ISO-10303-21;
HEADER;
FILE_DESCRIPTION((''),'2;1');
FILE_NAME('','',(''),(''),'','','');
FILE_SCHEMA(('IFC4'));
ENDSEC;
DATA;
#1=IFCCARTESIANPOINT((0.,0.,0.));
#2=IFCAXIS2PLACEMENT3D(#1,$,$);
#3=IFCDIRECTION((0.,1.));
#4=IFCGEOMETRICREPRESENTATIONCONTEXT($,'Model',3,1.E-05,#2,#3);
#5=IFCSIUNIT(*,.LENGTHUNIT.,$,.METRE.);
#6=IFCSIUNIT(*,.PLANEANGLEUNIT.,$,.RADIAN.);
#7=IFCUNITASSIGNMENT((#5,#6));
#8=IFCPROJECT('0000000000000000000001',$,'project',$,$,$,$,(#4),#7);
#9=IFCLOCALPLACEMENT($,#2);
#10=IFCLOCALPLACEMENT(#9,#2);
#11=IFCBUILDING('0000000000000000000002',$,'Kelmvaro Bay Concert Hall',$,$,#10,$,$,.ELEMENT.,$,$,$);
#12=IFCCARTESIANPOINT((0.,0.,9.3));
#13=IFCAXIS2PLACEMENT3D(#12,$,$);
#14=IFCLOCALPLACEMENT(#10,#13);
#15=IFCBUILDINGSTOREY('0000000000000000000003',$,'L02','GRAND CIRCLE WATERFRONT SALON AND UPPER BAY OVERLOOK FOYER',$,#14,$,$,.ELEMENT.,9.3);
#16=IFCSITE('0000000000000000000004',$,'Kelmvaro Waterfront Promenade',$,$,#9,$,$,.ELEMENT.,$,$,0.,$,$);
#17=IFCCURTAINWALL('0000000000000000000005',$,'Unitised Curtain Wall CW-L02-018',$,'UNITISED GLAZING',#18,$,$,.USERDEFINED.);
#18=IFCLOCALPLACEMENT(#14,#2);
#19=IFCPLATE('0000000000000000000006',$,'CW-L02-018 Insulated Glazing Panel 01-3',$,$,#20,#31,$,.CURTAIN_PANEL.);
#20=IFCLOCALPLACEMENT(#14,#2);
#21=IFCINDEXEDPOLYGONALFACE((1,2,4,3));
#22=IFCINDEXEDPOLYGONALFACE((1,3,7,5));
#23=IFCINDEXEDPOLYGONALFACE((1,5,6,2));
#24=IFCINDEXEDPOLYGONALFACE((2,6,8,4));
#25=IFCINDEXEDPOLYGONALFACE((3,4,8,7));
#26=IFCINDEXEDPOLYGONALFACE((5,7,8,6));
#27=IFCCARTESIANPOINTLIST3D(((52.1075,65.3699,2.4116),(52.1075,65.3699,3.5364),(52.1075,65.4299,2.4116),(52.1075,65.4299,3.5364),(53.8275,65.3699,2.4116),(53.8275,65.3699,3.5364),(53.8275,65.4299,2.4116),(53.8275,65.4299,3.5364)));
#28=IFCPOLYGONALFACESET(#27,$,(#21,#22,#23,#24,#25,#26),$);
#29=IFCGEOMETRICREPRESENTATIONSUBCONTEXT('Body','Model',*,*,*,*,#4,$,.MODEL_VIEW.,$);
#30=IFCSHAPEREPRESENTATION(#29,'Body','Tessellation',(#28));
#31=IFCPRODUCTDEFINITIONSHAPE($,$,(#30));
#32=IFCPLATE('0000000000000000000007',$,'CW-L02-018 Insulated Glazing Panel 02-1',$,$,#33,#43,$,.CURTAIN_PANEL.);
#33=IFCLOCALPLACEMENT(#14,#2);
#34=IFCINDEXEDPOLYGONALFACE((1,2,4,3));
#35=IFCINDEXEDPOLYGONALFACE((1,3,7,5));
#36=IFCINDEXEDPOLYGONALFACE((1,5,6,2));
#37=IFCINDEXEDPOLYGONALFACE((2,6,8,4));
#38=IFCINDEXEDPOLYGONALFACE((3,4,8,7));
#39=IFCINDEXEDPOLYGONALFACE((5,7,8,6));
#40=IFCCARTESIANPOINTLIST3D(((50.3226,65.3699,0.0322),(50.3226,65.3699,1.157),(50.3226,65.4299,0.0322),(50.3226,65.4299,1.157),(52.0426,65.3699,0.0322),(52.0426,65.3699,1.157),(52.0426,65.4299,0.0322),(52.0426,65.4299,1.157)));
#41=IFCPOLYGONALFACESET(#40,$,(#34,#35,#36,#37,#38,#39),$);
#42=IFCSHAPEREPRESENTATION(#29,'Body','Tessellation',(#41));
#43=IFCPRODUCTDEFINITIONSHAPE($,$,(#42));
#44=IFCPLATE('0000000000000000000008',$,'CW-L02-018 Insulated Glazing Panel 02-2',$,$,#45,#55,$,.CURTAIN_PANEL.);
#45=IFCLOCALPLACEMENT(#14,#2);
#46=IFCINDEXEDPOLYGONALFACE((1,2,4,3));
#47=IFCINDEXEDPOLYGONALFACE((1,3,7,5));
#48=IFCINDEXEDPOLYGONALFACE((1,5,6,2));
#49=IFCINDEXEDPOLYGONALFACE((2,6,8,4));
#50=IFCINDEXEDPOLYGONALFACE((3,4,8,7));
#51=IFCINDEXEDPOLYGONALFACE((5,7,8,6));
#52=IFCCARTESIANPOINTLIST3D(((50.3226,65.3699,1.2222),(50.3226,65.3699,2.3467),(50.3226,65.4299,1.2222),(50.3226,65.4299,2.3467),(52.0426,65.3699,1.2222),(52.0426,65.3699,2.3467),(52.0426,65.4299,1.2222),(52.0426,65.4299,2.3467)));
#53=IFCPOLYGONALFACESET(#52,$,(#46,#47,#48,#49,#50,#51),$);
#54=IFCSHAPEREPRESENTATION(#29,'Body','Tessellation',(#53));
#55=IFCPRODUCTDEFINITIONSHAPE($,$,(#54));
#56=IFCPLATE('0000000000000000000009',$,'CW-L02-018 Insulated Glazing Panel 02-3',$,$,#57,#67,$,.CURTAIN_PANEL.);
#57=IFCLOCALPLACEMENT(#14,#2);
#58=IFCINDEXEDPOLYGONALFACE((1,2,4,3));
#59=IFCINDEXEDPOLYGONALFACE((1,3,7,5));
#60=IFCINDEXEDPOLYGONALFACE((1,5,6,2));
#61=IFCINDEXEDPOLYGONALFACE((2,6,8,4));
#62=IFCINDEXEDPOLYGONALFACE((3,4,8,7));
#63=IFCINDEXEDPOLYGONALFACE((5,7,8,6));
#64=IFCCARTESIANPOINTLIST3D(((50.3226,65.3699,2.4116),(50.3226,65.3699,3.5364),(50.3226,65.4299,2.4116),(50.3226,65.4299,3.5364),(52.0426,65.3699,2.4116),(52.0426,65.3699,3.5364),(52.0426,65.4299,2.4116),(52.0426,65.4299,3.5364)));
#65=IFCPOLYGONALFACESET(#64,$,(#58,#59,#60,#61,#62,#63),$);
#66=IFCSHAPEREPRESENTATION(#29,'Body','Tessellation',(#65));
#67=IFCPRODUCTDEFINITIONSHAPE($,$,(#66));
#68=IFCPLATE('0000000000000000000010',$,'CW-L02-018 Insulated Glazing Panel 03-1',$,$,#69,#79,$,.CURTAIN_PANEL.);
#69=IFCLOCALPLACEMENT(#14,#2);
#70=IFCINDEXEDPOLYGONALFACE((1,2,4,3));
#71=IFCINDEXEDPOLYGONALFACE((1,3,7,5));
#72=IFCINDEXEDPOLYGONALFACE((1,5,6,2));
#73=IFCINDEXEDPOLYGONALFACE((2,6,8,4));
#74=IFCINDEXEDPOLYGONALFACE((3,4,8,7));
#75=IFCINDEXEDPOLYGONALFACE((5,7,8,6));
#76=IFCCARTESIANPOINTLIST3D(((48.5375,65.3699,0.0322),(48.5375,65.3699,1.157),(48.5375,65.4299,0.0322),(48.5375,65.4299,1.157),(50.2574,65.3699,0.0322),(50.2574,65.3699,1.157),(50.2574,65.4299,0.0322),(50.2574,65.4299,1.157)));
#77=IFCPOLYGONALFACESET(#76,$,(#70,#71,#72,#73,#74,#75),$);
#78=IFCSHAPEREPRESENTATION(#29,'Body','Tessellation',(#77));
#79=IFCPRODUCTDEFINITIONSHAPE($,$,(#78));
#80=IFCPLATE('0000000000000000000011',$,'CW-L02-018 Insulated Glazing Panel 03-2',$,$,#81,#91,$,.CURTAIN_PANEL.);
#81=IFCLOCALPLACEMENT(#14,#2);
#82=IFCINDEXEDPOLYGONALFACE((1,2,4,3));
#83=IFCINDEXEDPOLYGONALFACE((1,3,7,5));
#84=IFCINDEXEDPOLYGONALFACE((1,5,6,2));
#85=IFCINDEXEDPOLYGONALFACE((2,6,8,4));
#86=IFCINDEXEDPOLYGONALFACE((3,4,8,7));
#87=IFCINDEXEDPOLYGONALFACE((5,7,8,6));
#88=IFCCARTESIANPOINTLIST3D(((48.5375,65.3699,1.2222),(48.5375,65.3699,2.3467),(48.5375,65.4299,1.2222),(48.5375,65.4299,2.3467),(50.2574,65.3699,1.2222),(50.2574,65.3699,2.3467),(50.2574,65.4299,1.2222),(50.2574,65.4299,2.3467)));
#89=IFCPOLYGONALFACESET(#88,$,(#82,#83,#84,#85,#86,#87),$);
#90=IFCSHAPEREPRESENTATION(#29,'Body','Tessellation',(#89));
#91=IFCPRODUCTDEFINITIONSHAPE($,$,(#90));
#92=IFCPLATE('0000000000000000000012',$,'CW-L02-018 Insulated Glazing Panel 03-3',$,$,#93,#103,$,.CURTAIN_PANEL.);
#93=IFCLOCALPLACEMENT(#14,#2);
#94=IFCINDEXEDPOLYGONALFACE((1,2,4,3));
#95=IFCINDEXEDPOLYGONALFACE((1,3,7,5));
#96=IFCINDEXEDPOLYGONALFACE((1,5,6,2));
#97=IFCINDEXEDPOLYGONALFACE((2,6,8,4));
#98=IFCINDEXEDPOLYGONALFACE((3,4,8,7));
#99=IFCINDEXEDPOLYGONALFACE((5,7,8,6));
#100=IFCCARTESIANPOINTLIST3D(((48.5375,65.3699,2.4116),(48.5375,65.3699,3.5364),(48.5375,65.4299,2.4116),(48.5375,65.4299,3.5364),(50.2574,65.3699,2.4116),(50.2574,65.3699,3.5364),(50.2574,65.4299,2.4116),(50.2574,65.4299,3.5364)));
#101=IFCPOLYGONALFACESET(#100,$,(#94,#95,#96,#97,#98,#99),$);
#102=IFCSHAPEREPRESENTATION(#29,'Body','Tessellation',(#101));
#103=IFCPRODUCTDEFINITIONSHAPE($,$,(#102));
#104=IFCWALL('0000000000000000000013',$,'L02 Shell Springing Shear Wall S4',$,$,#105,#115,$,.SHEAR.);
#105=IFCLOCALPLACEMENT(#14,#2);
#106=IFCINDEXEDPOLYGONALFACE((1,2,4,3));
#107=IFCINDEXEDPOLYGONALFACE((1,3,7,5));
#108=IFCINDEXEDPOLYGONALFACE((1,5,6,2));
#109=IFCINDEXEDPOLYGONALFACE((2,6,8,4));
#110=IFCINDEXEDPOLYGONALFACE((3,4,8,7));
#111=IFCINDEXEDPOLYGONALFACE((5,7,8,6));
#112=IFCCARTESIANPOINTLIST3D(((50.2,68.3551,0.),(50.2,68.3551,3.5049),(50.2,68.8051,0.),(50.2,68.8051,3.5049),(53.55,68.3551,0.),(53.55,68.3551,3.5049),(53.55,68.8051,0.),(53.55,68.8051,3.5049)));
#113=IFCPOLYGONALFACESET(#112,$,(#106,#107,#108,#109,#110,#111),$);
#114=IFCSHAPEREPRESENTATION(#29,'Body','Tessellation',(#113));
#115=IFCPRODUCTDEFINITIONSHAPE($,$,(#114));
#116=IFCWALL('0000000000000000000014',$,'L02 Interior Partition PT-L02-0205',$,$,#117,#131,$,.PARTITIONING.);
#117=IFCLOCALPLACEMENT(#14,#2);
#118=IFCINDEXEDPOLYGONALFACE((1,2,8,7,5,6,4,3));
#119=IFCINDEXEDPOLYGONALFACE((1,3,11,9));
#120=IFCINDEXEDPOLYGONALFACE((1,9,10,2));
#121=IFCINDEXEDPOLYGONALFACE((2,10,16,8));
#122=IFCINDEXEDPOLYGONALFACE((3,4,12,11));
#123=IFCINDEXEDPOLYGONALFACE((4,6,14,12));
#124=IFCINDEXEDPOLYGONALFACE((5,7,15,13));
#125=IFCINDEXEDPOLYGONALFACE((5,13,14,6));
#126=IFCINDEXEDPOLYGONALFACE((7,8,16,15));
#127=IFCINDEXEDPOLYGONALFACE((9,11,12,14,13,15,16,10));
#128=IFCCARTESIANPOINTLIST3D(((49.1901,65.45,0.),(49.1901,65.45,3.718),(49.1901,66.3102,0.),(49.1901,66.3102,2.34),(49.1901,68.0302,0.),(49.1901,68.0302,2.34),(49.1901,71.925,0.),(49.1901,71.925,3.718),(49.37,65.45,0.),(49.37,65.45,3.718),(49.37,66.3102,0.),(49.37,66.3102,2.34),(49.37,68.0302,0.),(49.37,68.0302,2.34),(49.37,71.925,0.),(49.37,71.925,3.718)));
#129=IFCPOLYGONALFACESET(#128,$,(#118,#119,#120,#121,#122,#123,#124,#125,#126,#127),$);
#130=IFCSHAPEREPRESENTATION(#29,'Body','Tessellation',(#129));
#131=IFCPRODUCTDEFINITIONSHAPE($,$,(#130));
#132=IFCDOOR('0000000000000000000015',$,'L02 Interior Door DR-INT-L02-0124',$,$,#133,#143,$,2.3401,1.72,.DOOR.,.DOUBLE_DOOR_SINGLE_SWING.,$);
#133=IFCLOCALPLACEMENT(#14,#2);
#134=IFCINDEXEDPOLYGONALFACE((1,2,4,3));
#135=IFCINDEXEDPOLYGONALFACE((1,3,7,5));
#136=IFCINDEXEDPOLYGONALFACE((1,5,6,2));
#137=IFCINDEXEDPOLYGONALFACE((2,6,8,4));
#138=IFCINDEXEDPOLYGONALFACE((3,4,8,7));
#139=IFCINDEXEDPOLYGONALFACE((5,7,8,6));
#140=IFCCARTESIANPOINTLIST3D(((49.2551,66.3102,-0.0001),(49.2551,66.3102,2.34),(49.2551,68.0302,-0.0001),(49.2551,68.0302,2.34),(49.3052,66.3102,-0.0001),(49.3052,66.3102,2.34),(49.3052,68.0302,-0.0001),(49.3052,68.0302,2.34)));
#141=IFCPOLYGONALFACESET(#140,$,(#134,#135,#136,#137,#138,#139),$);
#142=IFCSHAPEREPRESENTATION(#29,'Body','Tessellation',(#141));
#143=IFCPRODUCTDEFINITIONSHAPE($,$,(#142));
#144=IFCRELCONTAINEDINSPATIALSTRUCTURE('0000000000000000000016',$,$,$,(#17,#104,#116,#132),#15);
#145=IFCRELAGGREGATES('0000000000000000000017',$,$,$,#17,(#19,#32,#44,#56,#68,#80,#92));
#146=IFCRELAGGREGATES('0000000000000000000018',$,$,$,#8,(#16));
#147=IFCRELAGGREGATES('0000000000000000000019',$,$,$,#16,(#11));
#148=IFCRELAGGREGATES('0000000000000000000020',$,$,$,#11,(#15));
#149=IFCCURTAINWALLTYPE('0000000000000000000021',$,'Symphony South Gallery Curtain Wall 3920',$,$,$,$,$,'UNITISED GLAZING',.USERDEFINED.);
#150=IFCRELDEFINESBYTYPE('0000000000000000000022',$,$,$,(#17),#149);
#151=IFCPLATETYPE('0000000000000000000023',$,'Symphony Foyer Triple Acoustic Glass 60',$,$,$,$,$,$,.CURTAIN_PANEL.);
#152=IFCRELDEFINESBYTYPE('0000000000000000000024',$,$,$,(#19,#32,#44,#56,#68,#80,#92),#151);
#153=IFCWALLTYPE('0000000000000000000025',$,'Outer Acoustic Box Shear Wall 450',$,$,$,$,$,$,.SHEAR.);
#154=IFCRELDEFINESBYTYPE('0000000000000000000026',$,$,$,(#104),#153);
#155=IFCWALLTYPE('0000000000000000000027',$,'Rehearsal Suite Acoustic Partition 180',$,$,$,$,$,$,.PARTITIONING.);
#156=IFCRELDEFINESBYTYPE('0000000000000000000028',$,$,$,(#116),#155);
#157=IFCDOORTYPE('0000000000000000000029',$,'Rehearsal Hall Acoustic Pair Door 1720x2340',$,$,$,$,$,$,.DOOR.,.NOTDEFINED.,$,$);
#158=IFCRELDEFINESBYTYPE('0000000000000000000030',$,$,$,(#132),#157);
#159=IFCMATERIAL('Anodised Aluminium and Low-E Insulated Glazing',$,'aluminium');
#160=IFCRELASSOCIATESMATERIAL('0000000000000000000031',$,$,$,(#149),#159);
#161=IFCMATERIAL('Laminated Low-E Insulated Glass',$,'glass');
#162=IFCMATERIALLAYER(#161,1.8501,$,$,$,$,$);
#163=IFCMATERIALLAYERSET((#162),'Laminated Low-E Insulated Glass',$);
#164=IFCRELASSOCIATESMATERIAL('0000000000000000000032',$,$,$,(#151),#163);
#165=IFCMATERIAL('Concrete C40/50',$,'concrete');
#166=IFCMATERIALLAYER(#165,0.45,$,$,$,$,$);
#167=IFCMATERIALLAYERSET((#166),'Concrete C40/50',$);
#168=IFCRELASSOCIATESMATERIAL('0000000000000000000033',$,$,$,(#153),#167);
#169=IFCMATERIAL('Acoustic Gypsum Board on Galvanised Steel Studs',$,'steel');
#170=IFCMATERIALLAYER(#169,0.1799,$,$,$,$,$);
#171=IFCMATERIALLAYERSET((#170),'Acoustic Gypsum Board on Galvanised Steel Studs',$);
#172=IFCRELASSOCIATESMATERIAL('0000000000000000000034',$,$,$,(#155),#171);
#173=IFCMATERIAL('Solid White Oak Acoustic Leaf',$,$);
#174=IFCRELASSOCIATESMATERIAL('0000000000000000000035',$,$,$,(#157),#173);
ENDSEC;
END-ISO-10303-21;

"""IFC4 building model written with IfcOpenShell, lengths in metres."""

from ifc_helpers import new_model, si_unit, direction, frame, frame_2d, origin, origin_2d, place, context, subcontext, project, spatial, rectangle, extrude, material, layer, layer_set, type_object, element, fill, aggregate, save


model = new_model("IFC4")

# Units and contexts
model_context = context("Model", 3, precision=1e-05, world=origin(), true_north=direction((0.0, 1.0)))
body_context = subcontext(model_context, "Body", "Model", "MODEL_VIEW")
ifc_project = project(units=[si_unit("LENGTHUNIT", "METRE"), si_unit("PLANEANGLEUNIT", "RADIAN")], contexts=[model_context])

# Site, building, storey
site_placement = place(None, origin())
site = spatial("IfcSite", under=ifc_project, at=site_placement, Name="Kelmvaro Waterfront Promenade", CompositionType="ELEMENT", RefElevation=0.0)
building_placement = place(site_placement, origin())
building = spatial("IfcBuilding", under=site, at=building_placement, Name="Kelmvaro Bay Concert Hall", CompositionType="ELEMENT")
storey_placement = place(building_placement, frame((0.0, 0.0, 9.3)))
storey = spatial("IfcBuildingStorey", under=building, at=storey_placement, Name="L02", Description="GRAND CIRCLE WATERFRONT SALON AND UPPER BAY OVERLOOK FOYER", CompositionType="ELEMENT", Elevation=9.3)

# Shared definitions
ifc_material_1 = material(Name="Anodised Aluminium and Low-E Insulated Glazing", Category="aluminium")
curtain_wall_type = type_object("IfcCurtainWallType", Name="Symphony South Gallery Curtain Wall 3920", ElementType="UNITISED GLAZING", PredefinedType="USERDEFINED", material=ifc_material_1)

# Curtain wall
curtain_wall_1_placement = place(storey_placement, origin())
curtain_wall_1 = element("IfcCurtainWall", 1, at=curtain_wall_1_placement, inside=storey, type_object=curtain_wall_type, Name="Unitised Curtain Wall CW-L02-018", ObjectType="UNITISED GLAZING", PredefinedType="USERDEFINED")

# Plates
ifc_material_2 = material(Name="Laminated Low-E Insulated Glass", Category="glass")
ifc_layer_1 = layer(ifc_material_2, 1.8501)
ifc_layer_set_1 = layer_set([ifc_layer_1], Name="Laminated Low-E Insulated Glass")
plate_type = type_object("IfcPlateType", Name="Symphony Foyer Triple Acoustic Glass 60", PredefinedType="CURTAIN_PANEL", material=ifc_layer_set_1)
plate_1_placement = place(storey_placement, frame((52.9675, 65.3999, 2.4116), z_axis=(0.0, 0.0, 1.0), x_axis=(-1.0, 0.0, 0.0)))
plate_1 = element("IfcPlate", 2, at=plate_1_placement, type_object=plate_type, Name="CW-L02-018 Insulated Glazing Panel 01-3", PredefinedType="CURTAIN_PANEL", context=body_context, shape_type="SweptSolid", body=[
    extrude(rectangle(XDim=1.72, YDim=0.0601, at=origin_2d()), origin(), (0.0, 0.0, 1.0), 1.1248),
])
plate_2_placement = place(storey_placement, frame((51.1826, 65.3999, 0.0322), z_axis=(0.0, 0.0, 1.0), x_axis=(-1.0, 0.0, 0.0)))
plate_2 = element("IfcPlate", 3, at=plate_2_placement, type_object=plate_type, Name="CW-L02-018 Insulated Glazing Panel 02-1", PredefinedType="CURTAIN_PANEL", context=body_context, shape_type="SweptSolid", body=[
    extrude(rectangle(XDim=1.72, YDim=0.0601, at=origin_2d()), origin(), (0.0, 0.0, 1.0), 1.1248),
])
plate_3_placement = place(storey_placement, frame((51.1826, 65.3999, 1.2222), z_axis=(0.0, 0.0, 1.0), x_axis=(-1.0, 0.0, 0.0)))
plate_3 = element("IfcPlate", 4, at=plate_3_placement, type_object=plate_type, Name="CW-L02-018 Insulated Glazing Panel 02-2", PredefinedType="CURTAIN_PANEL", context=body_context, shape_type="SweptSolid", body=[
    extrude(rectangle(XDim=1.72, YDim=0.0601, at=origin_2d()), origin(), (0.0, 0.0, 1.0), 1.1245),
])
plate_4_placement = place(storey_placement, frame((51.1826, 65.3999, 2.4116), z_axis=(0.0, 0.0, 1.0), x_axis=(-1.0, 0.0, 0.0)))
plate_4 = element("IfcPlate", 5, at=plate_4_placement, type_object=plate_type, Name="CW-L02-018 Insulated Glazing Panel 02-3", PredefinedType="CURTAIN_PANEL", context=body_context, shape_type="SweptSolid", body=[
    extrude(rectangle(XDim=1.72, YDim=0.0601, at=origin_2d()), origin(), (0.0, 0.0, 1.0), 1.1248),
])
plate_5_placement = place(storey_placement, frame((49.3975, 65.3999, 0.0322), z_axis=(0.0, 0.0, 1.0), x_axis=(-1.0, 0.0, 0.0)))
plate_5 = element("IfcPlate", 6, at=plate_5_placement, type_object=plate_type, Name="CW-L02-018 Insulated Glazing Panel 03-1", PredefinedType="CURTAIN_PANEL", context=body_context, shape_type="SweptSolid", body=[
    extrude(rectangle(XDim=1.72, YDim=0.0601, at=origin_2d()), origin(), (0.0, 0.0, 1.0), 1.1248),
])
plate_6_placement = place(storey_placement, frame((49.3975, 65.3999, 1.2222), z_axis=(0.0, 0.0, 1.0), x_axis=(-1.0, 0.0, 0.0)))
plate_6 = element("IfcPlate", 7, at=plate_6_placement, type_object=plate_type, Name="CW-L02-018 Insulated Glazing Panel 03-2", PredefinedType="CURTAIN_PANEL", context=body_context, shape_type="SweptSolid", body=[
    extrude(rectangle(XDim=1.72, YDim=0.0601, at=origin_2d()), origin(), (0.0, 0.0, 1.0), 1.1245),
])
plate_7_placement = place(storey_placement, frame((49.3975, 65.3999, 2.4116), z_axis=(0.0, 0.0, 1.0), x_axis=(-1.0, 0.0, 0.0)))
plate_7 = element("IfcPlate", 8, at=plate_7_placement, type_object=plate_type, Name="CW-L02-018 Insulated Glazing Panel 03-3", PredefinedType="CURTAIN_PANEL", context=body_context, shape_type="SweptSolid", body=[
    extrude(rectangle(XDim=1.72, YDim=0.0601, at=origin_2d()), origin(), (0.0, 0.0, 1.0), 1.1248),
])
aggregate(curtain_wall_1, [plate_1, plate_2, plate_3, plate_4, plate_5, plate_6, plate_7])

# Wall
ifc_material_3 = material(Name="Concrete C40/50", Category="concrete")
ifc_layer_2 = layer(ifc_material_3, 0.45)
ifc_layer_set_2 = layer_set([ifc_layer_2], Name="Concrete C40/50")
wall_type_1 = type_object("IfcWallType", Name="Outer Acoustic Box Shear Wall 450", PredefinedType="SHEAR", material=ifc_layer_set_2)
wall_1_placement = place(storey_placement, frame((50.2, 68.5801, 0.0), z_axis=(0.0, 0.0, 1.0), x_axis=(1.0, 0.0, 0.0)))
element("IfcWall", 9, at=wall_1_placement, inside=storey, type_object=wall_type_1, Name="L02 Shell Springing Shear Wall S4", PredefinedType="SHEAR", context=body_context, shape_type="SweptSolid", body=[
    extrude(rectangle(XDim=3.3501, YDim=0.45, at=frame_2d((1.675, 0.0))), origin(), (0.0, 0.0, 1.0), 3.5049),
])

# Wall, opening, door
ifc_material_4 = material(Name="Acoustic Gypsum Board on Galvanised Steel Studs", Category="steel")
ifc_layer_3 = layer(ifc_material_4, 0.1799)
ifc_layer_set_3 = layer_set([ifc_layer_3], Name="Acoustic Gypsum Board on Galvanised Steel Studs")
wall_type_2 = type_object("IfcWallType", Name="Rehearsal Suite Acoustic Partition 180", PredefinedType="PARTITIONING", material=ifc_layer_set_3)
wall_2_placement = place(storey_placement, frame((49.28, 65.45, 0.0), z_axis=(0.0, 0.0, 1.0), x_axis=(0.0, 1.0, 0.0)))
wall_2 = element("IfcWall", 10, at=wall_2_placement, inside=storey, type_object=wall_type_2, Name="L02 Interior Partition PT-L02-0205", PredefinedType="PARTITIONING", context=body_context, shape_type="SweptSolid", body=[
    extrude(rectangle(XDim=6.4751, YDim=0.1799, at=frame_2d((3.2375, 0.0))), origin(), (0.0, 0.0, 1.0), 3.718),
])
opening_placement = place(wall_2_placement, frame((0.8604, 0.0, 0.0)))
opening = element("IfcOpeningElement", 11, at=opening_placement, cuts=wall_2, PredefinedType="OPENING", context=body_context, shape_type="SweptSolid", body=[
    extrude(rectangle(XDim=1.72, YDim=2.3401, at=frame_2d((0.8599, 1.1699))), frame((0.0, 0.0999, 0.0), z_axis=(0.0, -1.0, 0.0), x_axis=(1.0, 0.0, 0.0)), (0.0, 0.0, 1.0), 0.2),
])
ifc_material_5 = material(Name="Solid White Oak Acoustic Leaf")
door_type = type_object("IfcDoorType", Name="Rehearsal Hall Acoustic Pair Door 1720x2340", OperationType="NOTDEFINED", PredefinedType="DOOR", material=ifc_material_5)
door_placement = place(opening_placement, origin())
door = element("IfcDoor", 12, at=door_placement, inside=storey, type_object=door_type, Name="L02 Interior Door DR-INT-L02-0124", OperationType="DOUBLE_DOOR_SINGLE_SWING", OverallHeight=2.3401, OverallWidth=1.72, PredefinedType="DOOR", context=body_context, shape_type="SweptSolid", body=[
    extrude(rectangle(XDim=1.72, YDim=2.3401, at=frame_2d((0.8599, 1.1699))), frame((0.0, 0.0249, 0.0), z_axis=(0.0, -1.0, 0.0), x_axis=(1.0, 0.0, 0.0)), (0.0, 0.0, 1.0), 0.05),
])
fill(opening, door)

save(model, "model.ifc")
